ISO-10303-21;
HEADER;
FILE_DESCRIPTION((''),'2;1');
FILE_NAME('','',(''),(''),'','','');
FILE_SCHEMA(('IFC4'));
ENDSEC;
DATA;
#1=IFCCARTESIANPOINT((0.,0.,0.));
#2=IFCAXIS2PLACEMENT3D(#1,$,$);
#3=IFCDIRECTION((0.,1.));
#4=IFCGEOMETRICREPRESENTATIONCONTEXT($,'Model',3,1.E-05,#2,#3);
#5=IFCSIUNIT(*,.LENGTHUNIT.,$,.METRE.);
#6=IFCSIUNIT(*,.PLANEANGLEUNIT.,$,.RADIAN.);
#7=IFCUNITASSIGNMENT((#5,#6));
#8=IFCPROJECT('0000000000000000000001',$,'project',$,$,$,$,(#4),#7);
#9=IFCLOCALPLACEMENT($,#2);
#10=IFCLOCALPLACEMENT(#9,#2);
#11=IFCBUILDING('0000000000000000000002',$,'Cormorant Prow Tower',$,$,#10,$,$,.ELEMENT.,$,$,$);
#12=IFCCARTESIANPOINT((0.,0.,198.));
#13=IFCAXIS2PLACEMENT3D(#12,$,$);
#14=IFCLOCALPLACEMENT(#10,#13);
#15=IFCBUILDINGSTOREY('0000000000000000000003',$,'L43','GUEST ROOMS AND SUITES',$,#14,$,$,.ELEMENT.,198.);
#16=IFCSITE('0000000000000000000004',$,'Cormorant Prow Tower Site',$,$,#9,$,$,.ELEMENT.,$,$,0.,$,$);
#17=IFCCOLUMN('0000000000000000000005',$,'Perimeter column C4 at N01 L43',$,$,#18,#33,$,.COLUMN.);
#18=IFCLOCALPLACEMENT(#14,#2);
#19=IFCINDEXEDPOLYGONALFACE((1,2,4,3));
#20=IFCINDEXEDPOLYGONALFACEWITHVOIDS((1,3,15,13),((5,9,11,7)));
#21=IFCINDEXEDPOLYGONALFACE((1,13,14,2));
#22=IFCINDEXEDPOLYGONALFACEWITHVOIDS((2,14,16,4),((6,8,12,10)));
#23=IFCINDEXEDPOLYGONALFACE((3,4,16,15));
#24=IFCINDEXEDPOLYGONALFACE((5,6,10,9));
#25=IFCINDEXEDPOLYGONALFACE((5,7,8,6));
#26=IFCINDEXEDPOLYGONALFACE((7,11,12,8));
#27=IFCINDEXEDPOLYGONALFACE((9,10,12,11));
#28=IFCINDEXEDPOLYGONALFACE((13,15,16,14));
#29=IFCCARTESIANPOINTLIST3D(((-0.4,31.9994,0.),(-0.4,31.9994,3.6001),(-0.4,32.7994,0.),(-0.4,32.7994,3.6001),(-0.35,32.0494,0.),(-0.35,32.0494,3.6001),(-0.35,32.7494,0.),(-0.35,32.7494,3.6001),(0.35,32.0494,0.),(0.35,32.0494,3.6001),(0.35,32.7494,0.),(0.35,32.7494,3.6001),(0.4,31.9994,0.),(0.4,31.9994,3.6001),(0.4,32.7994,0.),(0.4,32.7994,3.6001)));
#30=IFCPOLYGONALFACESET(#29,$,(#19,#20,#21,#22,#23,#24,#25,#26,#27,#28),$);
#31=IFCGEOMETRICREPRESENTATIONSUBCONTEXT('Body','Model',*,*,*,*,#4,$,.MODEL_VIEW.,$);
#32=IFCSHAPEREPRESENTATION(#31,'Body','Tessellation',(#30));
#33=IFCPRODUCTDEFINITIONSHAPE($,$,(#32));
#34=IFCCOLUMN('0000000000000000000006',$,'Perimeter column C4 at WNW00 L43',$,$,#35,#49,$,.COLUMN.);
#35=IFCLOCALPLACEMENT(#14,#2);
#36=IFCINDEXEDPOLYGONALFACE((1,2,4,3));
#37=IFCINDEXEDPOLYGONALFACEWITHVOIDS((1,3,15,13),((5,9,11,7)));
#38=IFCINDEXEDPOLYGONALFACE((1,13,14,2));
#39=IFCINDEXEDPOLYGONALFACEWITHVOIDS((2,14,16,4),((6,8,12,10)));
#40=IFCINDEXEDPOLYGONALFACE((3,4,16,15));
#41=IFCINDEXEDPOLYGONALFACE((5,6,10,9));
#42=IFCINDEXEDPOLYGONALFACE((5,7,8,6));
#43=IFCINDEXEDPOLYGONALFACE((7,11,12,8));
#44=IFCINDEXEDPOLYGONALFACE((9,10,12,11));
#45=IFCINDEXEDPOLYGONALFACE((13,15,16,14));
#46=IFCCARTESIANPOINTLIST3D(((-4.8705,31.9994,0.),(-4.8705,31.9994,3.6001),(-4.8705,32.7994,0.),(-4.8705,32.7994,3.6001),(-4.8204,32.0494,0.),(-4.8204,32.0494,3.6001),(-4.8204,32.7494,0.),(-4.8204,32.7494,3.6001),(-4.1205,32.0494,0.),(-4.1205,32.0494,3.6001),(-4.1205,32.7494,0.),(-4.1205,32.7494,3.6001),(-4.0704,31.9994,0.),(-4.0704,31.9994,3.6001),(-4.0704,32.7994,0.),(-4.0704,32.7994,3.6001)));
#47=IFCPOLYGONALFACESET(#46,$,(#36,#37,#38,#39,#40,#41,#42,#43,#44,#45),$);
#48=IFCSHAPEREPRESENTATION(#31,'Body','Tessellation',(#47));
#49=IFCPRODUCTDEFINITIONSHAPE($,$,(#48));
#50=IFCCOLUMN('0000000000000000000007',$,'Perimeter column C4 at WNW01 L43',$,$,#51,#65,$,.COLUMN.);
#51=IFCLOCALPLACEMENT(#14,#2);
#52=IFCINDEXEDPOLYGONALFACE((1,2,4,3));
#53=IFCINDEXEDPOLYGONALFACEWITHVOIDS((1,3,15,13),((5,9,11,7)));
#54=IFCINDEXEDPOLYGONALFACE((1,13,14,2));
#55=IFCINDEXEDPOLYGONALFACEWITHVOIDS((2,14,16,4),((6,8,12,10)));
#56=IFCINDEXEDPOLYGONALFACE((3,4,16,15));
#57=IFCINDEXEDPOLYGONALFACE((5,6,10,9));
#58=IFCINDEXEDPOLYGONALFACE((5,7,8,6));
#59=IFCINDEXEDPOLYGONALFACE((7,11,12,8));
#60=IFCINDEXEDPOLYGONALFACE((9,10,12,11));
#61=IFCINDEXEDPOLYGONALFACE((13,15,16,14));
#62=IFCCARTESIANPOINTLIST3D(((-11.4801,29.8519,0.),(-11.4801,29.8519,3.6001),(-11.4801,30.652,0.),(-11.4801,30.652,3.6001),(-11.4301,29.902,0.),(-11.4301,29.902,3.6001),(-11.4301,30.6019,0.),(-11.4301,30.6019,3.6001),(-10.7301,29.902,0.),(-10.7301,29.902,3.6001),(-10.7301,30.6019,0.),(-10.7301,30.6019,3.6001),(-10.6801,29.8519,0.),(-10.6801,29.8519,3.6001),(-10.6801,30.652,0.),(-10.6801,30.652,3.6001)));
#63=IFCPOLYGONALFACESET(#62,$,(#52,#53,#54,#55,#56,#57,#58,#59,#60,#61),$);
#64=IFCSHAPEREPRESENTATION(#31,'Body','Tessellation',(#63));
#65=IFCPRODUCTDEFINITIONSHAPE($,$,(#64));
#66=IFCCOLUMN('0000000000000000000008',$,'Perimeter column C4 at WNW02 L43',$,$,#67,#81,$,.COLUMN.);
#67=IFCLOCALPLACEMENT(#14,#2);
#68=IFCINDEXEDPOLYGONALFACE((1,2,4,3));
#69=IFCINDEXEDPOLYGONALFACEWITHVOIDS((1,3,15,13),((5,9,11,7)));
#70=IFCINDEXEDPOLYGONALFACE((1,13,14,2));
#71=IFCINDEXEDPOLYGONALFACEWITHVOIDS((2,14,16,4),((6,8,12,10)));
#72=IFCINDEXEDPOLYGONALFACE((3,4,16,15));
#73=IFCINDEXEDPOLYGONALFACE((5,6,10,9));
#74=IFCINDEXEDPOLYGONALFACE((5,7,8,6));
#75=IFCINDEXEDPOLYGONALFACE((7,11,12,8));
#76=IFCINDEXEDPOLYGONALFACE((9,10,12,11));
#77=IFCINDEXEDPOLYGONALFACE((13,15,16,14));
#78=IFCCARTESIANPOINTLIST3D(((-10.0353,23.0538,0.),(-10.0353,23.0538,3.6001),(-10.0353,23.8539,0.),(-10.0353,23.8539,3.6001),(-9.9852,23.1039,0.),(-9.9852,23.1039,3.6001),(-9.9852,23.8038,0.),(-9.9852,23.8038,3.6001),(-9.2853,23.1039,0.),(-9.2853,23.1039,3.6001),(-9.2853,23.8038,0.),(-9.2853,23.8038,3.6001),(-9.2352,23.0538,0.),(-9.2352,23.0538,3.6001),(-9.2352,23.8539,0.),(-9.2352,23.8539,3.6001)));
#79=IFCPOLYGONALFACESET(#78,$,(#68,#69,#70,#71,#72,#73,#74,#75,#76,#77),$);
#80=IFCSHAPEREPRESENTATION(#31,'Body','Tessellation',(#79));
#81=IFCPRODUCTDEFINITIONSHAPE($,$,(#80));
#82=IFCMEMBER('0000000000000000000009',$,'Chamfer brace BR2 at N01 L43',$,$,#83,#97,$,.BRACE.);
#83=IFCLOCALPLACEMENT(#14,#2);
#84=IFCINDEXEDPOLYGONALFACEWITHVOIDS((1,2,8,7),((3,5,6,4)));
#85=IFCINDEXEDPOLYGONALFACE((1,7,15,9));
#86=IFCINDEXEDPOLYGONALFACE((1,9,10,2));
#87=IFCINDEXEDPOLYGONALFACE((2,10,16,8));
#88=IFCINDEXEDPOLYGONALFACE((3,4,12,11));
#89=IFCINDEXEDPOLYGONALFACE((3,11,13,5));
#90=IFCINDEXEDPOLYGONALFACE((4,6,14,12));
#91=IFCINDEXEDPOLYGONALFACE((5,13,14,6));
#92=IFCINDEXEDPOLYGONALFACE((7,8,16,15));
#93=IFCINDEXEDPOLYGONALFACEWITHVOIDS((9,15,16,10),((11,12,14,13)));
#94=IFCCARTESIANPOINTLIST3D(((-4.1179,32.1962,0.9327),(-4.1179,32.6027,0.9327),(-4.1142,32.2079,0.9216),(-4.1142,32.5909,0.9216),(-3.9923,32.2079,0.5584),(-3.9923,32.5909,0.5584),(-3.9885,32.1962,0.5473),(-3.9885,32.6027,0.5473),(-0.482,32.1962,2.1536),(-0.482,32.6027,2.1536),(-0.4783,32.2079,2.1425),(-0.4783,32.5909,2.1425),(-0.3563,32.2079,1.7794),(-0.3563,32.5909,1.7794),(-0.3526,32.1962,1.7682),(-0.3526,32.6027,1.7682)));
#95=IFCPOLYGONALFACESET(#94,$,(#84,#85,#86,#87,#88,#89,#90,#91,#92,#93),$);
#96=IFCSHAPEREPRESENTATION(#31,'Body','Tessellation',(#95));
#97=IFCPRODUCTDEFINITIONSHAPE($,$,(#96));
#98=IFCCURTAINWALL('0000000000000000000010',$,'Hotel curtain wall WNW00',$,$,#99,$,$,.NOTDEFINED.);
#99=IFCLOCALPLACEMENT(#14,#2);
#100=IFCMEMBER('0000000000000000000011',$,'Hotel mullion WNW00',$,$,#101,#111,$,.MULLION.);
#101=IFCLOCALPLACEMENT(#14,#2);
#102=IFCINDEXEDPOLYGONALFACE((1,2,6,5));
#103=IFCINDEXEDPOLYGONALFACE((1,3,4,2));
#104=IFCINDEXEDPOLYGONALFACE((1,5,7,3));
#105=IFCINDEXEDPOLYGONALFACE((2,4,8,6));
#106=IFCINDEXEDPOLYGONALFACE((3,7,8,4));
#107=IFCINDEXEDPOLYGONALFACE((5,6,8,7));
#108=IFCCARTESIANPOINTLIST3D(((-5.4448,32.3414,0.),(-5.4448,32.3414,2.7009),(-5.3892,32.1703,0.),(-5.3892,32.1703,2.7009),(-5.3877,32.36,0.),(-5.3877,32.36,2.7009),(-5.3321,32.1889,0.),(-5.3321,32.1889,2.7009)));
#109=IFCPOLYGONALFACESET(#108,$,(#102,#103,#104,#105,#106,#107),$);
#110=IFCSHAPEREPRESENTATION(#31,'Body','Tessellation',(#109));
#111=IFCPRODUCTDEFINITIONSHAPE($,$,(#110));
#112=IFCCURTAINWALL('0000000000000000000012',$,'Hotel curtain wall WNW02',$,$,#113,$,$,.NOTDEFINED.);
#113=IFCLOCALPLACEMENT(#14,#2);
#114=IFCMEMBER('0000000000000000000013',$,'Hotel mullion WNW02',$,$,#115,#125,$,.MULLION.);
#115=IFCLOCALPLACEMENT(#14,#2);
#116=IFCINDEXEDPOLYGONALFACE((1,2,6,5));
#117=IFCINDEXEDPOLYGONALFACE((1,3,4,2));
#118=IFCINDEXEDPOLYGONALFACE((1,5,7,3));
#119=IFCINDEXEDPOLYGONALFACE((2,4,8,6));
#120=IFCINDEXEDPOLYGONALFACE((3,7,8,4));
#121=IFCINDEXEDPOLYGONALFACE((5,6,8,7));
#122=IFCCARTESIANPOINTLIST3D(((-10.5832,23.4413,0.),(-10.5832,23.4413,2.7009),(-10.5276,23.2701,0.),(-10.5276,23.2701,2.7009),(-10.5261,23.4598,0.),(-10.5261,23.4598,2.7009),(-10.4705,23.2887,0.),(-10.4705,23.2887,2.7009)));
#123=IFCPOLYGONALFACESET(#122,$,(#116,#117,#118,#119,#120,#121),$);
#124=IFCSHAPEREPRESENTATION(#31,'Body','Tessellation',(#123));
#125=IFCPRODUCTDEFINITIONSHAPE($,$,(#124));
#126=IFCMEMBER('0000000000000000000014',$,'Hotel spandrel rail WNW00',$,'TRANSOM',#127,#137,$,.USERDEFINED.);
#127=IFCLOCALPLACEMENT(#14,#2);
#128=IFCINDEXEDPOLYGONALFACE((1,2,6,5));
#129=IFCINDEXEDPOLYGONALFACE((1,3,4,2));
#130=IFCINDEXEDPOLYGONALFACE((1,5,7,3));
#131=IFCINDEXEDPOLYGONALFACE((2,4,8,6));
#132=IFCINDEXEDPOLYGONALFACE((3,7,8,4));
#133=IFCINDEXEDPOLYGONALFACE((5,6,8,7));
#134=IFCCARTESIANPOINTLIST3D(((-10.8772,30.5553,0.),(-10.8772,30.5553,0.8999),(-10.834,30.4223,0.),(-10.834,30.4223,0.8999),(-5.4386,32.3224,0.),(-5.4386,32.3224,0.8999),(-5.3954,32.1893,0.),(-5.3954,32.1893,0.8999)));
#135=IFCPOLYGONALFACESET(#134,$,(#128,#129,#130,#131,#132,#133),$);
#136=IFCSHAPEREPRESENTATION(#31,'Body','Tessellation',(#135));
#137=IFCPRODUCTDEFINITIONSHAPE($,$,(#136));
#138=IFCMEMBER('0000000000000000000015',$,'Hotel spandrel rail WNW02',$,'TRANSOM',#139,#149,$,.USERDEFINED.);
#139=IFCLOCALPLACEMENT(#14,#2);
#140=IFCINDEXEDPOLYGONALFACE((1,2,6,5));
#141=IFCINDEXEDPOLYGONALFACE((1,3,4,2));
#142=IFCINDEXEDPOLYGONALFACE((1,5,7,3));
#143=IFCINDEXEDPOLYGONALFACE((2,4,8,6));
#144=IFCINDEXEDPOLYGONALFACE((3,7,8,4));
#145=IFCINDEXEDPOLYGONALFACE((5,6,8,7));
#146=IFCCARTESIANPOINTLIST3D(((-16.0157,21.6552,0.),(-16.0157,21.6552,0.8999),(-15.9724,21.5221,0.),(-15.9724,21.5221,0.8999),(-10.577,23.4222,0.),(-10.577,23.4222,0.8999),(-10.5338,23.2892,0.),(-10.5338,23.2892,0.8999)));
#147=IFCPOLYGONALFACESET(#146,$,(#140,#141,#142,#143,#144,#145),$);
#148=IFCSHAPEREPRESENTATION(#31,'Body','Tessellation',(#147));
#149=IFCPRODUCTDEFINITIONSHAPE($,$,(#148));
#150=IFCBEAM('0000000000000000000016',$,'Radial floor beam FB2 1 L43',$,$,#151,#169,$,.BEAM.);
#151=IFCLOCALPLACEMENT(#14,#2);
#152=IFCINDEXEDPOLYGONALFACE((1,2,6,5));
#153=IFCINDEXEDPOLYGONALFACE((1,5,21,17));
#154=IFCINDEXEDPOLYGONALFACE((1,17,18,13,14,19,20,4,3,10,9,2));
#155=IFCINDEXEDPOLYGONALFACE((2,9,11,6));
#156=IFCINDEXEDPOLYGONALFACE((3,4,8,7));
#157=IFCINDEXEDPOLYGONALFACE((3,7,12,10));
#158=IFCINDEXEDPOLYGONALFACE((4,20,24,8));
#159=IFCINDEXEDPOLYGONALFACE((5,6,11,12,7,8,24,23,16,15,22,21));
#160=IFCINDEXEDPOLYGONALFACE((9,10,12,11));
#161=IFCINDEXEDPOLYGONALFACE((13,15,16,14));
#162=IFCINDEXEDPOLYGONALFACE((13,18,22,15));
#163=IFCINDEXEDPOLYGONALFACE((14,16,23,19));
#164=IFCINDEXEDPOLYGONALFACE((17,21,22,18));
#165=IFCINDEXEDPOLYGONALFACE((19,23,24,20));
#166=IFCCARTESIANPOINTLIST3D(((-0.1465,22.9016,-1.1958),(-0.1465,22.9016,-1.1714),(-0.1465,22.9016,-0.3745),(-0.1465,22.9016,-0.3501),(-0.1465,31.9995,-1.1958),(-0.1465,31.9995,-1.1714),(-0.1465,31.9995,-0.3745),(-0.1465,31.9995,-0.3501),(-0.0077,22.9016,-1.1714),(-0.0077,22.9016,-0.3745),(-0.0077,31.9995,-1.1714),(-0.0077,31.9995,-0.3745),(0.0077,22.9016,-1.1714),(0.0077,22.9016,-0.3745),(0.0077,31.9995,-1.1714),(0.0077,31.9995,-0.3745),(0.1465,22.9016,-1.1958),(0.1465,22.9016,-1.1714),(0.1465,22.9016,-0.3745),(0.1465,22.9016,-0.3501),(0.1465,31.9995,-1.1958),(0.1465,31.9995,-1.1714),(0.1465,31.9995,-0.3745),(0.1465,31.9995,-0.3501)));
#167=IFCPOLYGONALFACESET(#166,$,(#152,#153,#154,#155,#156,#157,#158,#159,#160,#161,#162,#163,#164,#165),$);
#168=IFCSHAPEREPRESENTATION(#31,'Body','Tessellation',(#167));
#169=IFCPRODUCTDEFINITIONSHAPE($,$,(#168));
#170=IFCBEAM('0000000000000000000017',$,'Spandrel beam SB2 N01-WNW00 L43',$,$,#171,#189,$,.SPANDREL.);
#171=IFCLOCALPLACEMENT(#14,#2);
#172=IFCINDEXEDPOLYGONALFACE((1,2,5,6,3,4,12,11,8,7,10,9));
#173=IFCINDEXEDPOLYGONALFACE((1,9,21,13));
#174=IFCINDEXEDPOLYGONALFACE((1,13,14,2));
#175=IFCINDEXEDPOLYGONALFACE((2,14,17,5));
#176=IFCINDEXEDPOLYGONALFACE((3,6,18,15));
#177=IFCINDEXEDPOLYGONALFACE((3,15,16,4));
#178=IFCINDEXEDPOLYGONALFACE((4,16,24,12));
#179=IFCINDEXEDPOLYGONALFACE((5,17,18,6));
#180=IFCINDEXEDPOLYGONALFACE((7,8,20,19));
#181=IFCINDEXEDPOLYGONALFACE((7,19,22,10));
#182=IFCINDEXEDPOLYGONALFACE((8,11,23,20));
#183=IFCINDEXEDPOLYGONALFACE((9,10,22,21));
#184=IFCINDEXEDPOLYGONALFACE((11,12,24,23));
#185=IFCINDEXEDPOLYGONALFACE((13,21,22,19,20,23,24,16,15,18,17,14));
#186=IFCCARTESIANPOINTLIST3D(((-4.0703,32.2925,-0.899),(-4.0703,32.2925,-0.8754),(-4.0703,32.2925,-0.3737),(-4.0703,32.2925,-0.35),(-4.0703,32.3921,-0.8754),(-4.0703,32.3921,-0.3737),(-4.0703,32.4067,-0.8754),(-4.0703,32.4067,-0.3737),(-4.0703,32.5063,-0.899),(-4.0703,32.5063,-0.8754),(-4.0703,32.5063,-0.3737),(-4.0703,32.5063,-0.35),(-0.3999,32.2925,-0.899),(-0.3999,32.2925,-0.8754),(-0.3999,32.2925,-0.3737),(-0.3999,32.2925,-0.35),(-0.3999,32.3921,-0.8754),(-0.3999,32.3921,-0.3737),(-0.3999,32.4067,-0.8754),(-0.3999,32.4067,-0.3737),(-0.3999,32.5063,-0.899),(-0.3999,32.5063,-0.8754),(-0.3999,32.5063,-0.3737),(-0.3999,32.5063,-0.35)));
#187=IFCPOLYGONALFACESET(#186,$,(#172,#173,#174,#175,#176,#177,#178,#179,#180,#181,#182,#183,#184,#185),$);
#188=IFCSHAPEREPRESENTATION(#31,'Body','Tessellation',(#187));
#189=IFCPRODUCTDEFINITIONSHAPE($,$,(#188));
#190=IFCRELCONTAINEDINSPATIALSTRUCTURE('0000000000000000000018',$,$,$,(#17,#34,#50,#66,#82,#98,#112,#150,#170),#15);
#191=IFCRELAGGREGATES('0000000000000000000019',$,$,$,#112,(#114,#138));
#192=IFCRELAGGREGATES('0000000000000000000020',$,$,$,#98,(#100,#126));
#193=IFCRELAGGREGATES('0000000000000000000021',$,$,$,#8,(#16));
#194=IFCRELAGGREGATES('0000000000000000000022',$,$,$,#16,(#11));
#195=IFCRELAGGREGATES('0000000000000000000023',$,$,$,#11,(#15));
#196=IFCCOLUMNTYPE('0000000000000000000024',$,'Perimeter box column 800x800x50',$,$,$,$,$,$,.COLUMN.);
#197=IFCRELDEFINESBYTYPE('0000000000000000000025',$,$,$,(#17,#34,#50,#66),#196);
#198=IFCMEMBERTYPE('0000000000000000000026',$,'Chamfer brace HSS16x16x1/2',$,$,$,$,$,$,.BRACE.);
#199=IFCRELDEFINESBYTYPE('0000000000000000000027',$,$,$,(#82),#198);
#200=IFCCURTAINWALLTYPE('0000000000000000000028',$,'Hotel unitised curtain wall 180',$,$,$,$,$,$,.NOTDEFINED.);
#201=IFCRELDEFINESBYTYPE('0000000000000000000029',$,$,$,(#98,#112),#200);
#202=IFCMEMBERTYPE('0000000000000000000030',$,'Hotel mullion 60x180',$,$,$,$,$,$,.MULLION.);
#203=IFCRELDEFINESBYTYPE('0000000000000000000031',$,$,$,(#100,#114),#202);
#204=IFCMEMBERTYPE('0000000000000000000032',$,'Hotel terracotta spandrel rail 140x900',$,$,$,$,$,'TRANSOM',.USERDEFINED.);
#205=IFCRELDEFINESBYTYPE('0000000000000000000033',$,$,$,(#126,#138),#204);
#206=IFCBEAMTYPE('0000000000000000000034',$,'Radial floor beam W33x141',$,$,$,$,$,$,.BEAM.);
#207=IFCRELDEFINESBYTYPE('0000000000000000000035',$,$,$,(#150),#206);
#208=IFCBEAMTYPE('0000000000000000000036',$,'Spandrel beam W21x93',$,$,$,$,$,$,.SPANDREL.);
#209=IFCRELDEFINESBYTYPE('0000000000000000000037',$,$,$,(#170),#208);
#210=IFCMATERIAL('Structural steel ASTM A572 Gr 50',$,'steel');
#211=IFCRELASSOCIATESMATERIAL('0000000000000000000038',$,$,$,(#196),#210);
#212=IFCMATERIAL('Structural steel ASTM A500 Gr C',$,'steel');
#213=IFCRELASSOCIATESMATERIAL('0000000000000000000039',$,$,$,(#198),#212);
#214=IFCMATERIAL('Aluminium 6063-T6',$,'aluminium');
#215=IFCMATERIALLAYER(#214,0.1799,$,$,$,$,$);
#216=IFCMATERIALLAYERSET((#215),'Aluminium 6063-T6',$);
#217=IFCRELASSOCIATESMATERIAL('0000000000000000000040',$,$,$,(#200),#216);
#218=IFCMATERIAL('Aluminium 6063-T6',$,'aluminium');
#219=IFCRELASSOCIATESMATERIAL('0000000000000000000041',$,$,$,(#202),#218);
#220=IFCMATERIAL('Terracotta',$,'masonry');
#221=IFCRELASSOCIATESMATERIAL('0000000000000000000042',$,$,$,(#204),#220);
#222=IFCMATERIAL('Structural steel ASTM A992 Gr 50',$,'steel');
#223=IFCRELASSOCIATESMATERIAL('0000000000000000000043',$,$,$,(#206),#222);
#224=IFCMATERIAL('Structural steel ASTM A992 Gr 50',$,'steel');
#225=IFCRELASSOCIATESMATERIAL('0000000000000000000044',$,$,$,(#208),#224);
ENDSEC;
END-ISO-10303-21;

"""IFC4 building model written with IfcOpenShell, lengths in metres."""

from ifc_helpers import new_model, si_unit, direction, frame, origin, origin_2d, place, context, subcontext, project, spatial, rectangle, hollow_rectangle, i_section, extrude, material, layer, layer_set, material_profile, profile_set, type_object, element, aggregate, save


model = new_model("IFC4")

# Units and contexts
model_context = context("Model", 3, precision=1e-05, world=origin(), true_north=direction((0.0, 1.0)))
body_context = subcontext(model_context, "Body", "Model", "MODEL_VIEW")
ifc_project = project(units=[si_unit("LENGTHUNIT", "METRE"), si_unit("PLANEANGLEUNIT", "RADIAN")], contexts=[model_context])

# Site, building, storey
site_placement = place(None, origin())
site = spatial("IfcSite", under=ifc_project, at=site_placement, Name="Cormorant Prow Tower Site", CompositionType="ELEMENT", RefElevation=0.0)
building_placement = place(site_placement, origin())
building = spatial("IfcBuilding", under=site, at=building_placement, Name="Cormorant Prow Tower", CompositionType="ELEMENT")
storey_placement = place(building_placement, frame((0.0, 0.0, 198.0)))
storey = spatial("IfcBuildingStorey", under=building, at=storey_placement, Name="L43", Description="GUEST ROOMS AND SUITES", CompositionType="ELEMENT", Elevation=198.0)

# Columns
ifc_material_1 = material(Name="Structural steel ASTM A572 Gr 50", Category="steel")
ifc_material_profile_1 = material_profile(ifc_material_1, hollow_rectangle(XDim=0.8, YDim=0.8, WallThickness=0.05, at=origin_2d()), Name="Box 800x800x50")
ifc_profile_set_1 = profile_set([ifc_material_profile_1], Name="Structural steel ASTM A572 Gr 50")
column_type = type_object("IfcColumnType", Name="Perimeter box column 800x800x50", PredefinedType="COLUMN", material=ifc_profile_set_1)
for number, where, z_axis, x_axis, name in (
    (1, (0.0, 32.3994, 0.0), (0.0, 0.0, 1.0), (1.0, 0.0, 0.0), "Perimeter column C4 at N01 L43"),
    (2, (-4.4705, 32.3994, 0.0), (0.0, 0.0, 1.0), (1.0, 0.0, 0.0), "Perimeter column C4 at WNW00 L43"),
    (3, (-11.0801, 30.252, 0.0), (0.0, 0.0, 1.0), (1.0, 0.0, 0.0), "Perimeter column C4 at WNW01 L43"),
    (4, (-9.6353, 23.4539, 0.0), (0.0, 0.0, 1.0), (1.0, 0.0, 0.0), "Perimeter column C4 at WNW02 L43"),
):
    element("IfcColumn", number, at=place(storey_placement, frame(where, z_axis=z_axis, x_axis=x_axis)), inside=storey, type_object=column_type, Name=name, PredefinedType="COLUMN", context=body_context, shape_type="SweptSolid", body=[
        extrude(hollow_rectangle(XDim=0.8, YDim=0.8, WallThickness=0.05, at=origin_2d()), origin(), (0.0, 0.0, 1.0), 3.6001),
    ])

# Member
ifc_material_2 = material(Name="Structural steel ASTM A500 Gr C", Category="steel")
ifc_material_profile_2 = material_profile(ifc_material_2, hollow_rectangle(XDim=0.4065, YDim=0.4065, WallThickness=0.0117, at=origin_2d()), Name="HSS16x16x1/2")
ifc_profile_set_2 = profile_set([ifc_material_profile_2], Name="Structural steel ASTM A500 Gr C")
member_type_1 = type_object("IfcMemberType", Name="Chamfer brace HSS16x16x1/2", PredefinedType="BRACE", material=ifc_profile_set_2)
member_1_placement = place(storey_placement, frame((-4.0532, 32.3994, 0.74), z_axis=(0.947981, 0.0, 0.318328), x_axis=(0.0, 1.0, 0.0)))
element("IfcMember", 5, at=member_1_placement, inside=storey, type_object=member_type_1, Name="Chamfer brace BR2 at N01 L43", PredefinedType="BRACE", context=body_context, shape_type="SweptSolid", body=[
    extrude(hollow_rectangle(XDim=0.4065, YDim=0.4065, WallThickness=0.0117, at=origin_2d()), origin(), (0.0, 0.0, 1.0), 3.8354),
])

# Curtain walls, members
ifc_material_3 = material(Name="Aluminium 6063-T6", Category="aluminium")
ifc_layer_1 = layer(ifc_material_3, 0.1799)
ifc_layer_set_1 = layer_set([ifc_layer_1], Name="Aluminium 6063-T6")
curtain_wall_type = type_object("IfcCurtainWallType", Name="Hotel unitised curtain wall 180", PredefinedType="NOTDEFINED", material=ifc_layer_set_1)
curtain_wall_1_placement = place(storey_placement, origin())
curtain_wall_1 = element("IfcCurtainWall", 6, at=curtain_wall_1_placement, inside=storey, type_object=curtain_wall_type, Name="Hotel curtain wall WNW00", PredefinedType="NOTDEFINED")
ifc_material_4 = material(Name="Aluminium 6063-T6", Category="aluminium")
ifc_material_profile_3 = material_profile(ifc_material_4, rectangle(XDim=0.1799, YDim=0.0601, at=origin_2d()), Name="Hotel mullion 60x180")
ifc_profile_set_3 = profile_set([ifc_material_profile_3], Name="Aluminium 6063-T6")
member_type_2 = type_object("IfcMemberType", Name="Hotel mullion 60x180", PredefinedType="MULLION", material=ifc_profile_set_3)
member_2_placement = place(storey_placement, frame((-5.3884, 32.2651, 0.0), z_axis=(0.0, 0.0, 1.0), x_axis=(0.309017, -0.951057, 0.0)))
member_2 = element("IfcMember", 7, at=member_2_placement, type_object=member_type_2, Name="Hotel mullion WNW00", PredefinedType="MULLION", context=body_context, shape_type="SweptSolid", body=[
    extrude(rectangle(XDim=0.1799, YDim=0.0601, at=origin_2d()), origin(), (0.0, 0.0, 1.0), 2.7009),
])
curtain_wall_2_placement = place(storey_placement, origin())
curtain_wall_2 = element("IfcCurtainWall", 8, at=curtain_wall_2_placement, inside=storey, type_object=curtain_wall_type, Name="Hotel curtain wall WNW02", PredefinedType="NOTDEFINED")
member_3_placement = place(storey_placement, frame((-10.5269, 23.365, 0.0), z_axis=(0.0, 0.0, 1.0), x_axis=(0.309017, -0.951056, 0.0)))
member_3 = element("IfcMember", 9, at=member_3_placement, type_object=member_type_2, Name="Hotel mullion WNW02", PredefinedType="MULLION", context=body_context, shape_type="SweptSolid", body=[
    extrude(rectangle(XDim=0.1799, YDim=0.0601, at=origin_2d()), origin(), (0.0, 0.0, 1.0), 2.7009),
])

# Members
ifc_material_5 = material(Name="Terracotta", Category="masonry")
ifc_material_profile_4 = material_profile(ifc_material_5, rectangle(XDim=0.1399, YDim=0.8999, at=origin_2d()), Name="Hotel terracotta spandrel rail 140x900")
ifc_profile_set_4 = profile_set([ifc_material_profile_4], Name="Terracotta")
member_type_3 = type_object("IfcMemberType", Name="Hotel terracotta spandrel rail 140x900", ElementType="TRANSOM", PredefinedType="USERDEFINED", material=ifc_profile_set_4)
member_4_placement = place(storey_placement, frame((-5.417, 32.2559, 0.45), z_axis=(-0.951059, -0.309008, 0.0), x_axis=(0.309008, -0.951059, 0.0)))
member_4 = element("IfcMember", 10, at=member_4_placement, type_object=member_type_3, Name="Hotel spandrel rail WNW00", ObjectType="TRANSOM", PredefinedType="USERDEFINED", context=body_context, shape_type="SweptSolid", body=[
    extrude(rectangle(XDim=0.1399, YDim=0.8999, at=origin_2d()), origin(), (0.0, 0.0, 1.0), 5.7185),
])
member_5_placement = place(storey_placement, frame((-10.5554, 23.3557, 0.45), z_axis=(-0.951059, -0.309008, 0.0), x_axis=(0.309008, -0.951059, 0.0)))
member_5 = element("IfcMember", 11, at=member_5_placement, type_object=member_type_3, Name="Hotel spandrel rail WNW02", ObjectType="TRANSOM", PredefinedType="USERDEFINED", context=body_context, shape_type="SweptSolid", body=[
    extrude(rectangle(XDim=0.1399, YDim=0.8999, at=origin_2d()), origin(), (0.0, 0.0, 1.0), 5.7185),
])
aggregate(curtain_wall_2, [member_3, member_5])

# Beams
ifc_material_6 = material(Name="Structural steel ASTM A992 Gr 50", Category="steel")
ifc_material_profile_5 = material_profile(ifc_material_6, i_section(OverallWidth=0.293, OverallDepth=0.8457, WebThickness=0.0154, FlangeThickness=0.0244, at=origin_2d()), Name="W33x141")
ifc_profile_set_5 = profile_set([ifc_material_profile_5], Name="Structural steel ASTM A992 Gr 50")
beam_type_1 = type_object("IfcBeamType", Name="Radial floor beam W33x141", PredefinedType="BEAM", material=ifc_profile_set_5)
beam_1_placement = place(storey_placement, frame((0.0, 22.9016, -0.7729), z_axis=(0.0, 1.0, 0.0), x_axis=(-1.0, 0.0, 0.0)))
element("IfcBeam", 12, at=beam_1_placement, inside=storey, type_object=beam_type_1, Name="Radial floor beam FB2 1 L43", PredefinedType="BEAM", context=body_context, shape_type="SweptSolid", body=[
    extrude(i_section(OverallWidth=0.293, OverallDepth=0.8457, WebThickness=0.0154, FlangeThickness=0.0244, at=origin_2d()), origin(), (0.0, 0.0, 1.0), 9.0979),
])
ifc_material_7 = material(Name="Structural steel ASTM A992 Gr 50", Category="steel")
ifc_material_profile_6 = material_profile(ifc_material_7, i_section(OverallWidth=0.2139, OverallDepth=0.5491, WebThickness=0.0146, FlangeThickness=0.0237, at=origin_2d()), Name="W21x93")
ifc_profile_set_6 = profile_set([ifc_material_profile_6], Name="Structural steel ASTM A992 Gr 50")
beam_type_2 = type_object("IfcBeamType", Name="Spandrel beam W21x93", PredefinedType="SPANDREL", material=ifc_profile_set_6)
beam_2_placement = place(storey_placement, frame((-0.3999, 32.3994, -0.6245), z_axis=(-1.0, 0.0, 0.0), x_axis=(0.0, -1.0, 0.0)))
element("IfcBeam", 13, at=beam_2_placement, inside=storey, type_object=beam_type_2, Name="Spandrel beam SB2 N01-WNW00 L43", PredefinedType="SPANDREL", context=body_context, shape_type="SweptSolid", body=[
    extrude(i_section(OverallWidth=0.2139, OverallDepth=0.5491, WebThickness=0.0146, FlangeThickness=0.0237, at=origin_2d()), origin(), (0.0, 0.0, 1.0), 3.6704),
])

aggregate(curtain_wall_1, [member_2, member_4])

save(model, "model.ifc")
